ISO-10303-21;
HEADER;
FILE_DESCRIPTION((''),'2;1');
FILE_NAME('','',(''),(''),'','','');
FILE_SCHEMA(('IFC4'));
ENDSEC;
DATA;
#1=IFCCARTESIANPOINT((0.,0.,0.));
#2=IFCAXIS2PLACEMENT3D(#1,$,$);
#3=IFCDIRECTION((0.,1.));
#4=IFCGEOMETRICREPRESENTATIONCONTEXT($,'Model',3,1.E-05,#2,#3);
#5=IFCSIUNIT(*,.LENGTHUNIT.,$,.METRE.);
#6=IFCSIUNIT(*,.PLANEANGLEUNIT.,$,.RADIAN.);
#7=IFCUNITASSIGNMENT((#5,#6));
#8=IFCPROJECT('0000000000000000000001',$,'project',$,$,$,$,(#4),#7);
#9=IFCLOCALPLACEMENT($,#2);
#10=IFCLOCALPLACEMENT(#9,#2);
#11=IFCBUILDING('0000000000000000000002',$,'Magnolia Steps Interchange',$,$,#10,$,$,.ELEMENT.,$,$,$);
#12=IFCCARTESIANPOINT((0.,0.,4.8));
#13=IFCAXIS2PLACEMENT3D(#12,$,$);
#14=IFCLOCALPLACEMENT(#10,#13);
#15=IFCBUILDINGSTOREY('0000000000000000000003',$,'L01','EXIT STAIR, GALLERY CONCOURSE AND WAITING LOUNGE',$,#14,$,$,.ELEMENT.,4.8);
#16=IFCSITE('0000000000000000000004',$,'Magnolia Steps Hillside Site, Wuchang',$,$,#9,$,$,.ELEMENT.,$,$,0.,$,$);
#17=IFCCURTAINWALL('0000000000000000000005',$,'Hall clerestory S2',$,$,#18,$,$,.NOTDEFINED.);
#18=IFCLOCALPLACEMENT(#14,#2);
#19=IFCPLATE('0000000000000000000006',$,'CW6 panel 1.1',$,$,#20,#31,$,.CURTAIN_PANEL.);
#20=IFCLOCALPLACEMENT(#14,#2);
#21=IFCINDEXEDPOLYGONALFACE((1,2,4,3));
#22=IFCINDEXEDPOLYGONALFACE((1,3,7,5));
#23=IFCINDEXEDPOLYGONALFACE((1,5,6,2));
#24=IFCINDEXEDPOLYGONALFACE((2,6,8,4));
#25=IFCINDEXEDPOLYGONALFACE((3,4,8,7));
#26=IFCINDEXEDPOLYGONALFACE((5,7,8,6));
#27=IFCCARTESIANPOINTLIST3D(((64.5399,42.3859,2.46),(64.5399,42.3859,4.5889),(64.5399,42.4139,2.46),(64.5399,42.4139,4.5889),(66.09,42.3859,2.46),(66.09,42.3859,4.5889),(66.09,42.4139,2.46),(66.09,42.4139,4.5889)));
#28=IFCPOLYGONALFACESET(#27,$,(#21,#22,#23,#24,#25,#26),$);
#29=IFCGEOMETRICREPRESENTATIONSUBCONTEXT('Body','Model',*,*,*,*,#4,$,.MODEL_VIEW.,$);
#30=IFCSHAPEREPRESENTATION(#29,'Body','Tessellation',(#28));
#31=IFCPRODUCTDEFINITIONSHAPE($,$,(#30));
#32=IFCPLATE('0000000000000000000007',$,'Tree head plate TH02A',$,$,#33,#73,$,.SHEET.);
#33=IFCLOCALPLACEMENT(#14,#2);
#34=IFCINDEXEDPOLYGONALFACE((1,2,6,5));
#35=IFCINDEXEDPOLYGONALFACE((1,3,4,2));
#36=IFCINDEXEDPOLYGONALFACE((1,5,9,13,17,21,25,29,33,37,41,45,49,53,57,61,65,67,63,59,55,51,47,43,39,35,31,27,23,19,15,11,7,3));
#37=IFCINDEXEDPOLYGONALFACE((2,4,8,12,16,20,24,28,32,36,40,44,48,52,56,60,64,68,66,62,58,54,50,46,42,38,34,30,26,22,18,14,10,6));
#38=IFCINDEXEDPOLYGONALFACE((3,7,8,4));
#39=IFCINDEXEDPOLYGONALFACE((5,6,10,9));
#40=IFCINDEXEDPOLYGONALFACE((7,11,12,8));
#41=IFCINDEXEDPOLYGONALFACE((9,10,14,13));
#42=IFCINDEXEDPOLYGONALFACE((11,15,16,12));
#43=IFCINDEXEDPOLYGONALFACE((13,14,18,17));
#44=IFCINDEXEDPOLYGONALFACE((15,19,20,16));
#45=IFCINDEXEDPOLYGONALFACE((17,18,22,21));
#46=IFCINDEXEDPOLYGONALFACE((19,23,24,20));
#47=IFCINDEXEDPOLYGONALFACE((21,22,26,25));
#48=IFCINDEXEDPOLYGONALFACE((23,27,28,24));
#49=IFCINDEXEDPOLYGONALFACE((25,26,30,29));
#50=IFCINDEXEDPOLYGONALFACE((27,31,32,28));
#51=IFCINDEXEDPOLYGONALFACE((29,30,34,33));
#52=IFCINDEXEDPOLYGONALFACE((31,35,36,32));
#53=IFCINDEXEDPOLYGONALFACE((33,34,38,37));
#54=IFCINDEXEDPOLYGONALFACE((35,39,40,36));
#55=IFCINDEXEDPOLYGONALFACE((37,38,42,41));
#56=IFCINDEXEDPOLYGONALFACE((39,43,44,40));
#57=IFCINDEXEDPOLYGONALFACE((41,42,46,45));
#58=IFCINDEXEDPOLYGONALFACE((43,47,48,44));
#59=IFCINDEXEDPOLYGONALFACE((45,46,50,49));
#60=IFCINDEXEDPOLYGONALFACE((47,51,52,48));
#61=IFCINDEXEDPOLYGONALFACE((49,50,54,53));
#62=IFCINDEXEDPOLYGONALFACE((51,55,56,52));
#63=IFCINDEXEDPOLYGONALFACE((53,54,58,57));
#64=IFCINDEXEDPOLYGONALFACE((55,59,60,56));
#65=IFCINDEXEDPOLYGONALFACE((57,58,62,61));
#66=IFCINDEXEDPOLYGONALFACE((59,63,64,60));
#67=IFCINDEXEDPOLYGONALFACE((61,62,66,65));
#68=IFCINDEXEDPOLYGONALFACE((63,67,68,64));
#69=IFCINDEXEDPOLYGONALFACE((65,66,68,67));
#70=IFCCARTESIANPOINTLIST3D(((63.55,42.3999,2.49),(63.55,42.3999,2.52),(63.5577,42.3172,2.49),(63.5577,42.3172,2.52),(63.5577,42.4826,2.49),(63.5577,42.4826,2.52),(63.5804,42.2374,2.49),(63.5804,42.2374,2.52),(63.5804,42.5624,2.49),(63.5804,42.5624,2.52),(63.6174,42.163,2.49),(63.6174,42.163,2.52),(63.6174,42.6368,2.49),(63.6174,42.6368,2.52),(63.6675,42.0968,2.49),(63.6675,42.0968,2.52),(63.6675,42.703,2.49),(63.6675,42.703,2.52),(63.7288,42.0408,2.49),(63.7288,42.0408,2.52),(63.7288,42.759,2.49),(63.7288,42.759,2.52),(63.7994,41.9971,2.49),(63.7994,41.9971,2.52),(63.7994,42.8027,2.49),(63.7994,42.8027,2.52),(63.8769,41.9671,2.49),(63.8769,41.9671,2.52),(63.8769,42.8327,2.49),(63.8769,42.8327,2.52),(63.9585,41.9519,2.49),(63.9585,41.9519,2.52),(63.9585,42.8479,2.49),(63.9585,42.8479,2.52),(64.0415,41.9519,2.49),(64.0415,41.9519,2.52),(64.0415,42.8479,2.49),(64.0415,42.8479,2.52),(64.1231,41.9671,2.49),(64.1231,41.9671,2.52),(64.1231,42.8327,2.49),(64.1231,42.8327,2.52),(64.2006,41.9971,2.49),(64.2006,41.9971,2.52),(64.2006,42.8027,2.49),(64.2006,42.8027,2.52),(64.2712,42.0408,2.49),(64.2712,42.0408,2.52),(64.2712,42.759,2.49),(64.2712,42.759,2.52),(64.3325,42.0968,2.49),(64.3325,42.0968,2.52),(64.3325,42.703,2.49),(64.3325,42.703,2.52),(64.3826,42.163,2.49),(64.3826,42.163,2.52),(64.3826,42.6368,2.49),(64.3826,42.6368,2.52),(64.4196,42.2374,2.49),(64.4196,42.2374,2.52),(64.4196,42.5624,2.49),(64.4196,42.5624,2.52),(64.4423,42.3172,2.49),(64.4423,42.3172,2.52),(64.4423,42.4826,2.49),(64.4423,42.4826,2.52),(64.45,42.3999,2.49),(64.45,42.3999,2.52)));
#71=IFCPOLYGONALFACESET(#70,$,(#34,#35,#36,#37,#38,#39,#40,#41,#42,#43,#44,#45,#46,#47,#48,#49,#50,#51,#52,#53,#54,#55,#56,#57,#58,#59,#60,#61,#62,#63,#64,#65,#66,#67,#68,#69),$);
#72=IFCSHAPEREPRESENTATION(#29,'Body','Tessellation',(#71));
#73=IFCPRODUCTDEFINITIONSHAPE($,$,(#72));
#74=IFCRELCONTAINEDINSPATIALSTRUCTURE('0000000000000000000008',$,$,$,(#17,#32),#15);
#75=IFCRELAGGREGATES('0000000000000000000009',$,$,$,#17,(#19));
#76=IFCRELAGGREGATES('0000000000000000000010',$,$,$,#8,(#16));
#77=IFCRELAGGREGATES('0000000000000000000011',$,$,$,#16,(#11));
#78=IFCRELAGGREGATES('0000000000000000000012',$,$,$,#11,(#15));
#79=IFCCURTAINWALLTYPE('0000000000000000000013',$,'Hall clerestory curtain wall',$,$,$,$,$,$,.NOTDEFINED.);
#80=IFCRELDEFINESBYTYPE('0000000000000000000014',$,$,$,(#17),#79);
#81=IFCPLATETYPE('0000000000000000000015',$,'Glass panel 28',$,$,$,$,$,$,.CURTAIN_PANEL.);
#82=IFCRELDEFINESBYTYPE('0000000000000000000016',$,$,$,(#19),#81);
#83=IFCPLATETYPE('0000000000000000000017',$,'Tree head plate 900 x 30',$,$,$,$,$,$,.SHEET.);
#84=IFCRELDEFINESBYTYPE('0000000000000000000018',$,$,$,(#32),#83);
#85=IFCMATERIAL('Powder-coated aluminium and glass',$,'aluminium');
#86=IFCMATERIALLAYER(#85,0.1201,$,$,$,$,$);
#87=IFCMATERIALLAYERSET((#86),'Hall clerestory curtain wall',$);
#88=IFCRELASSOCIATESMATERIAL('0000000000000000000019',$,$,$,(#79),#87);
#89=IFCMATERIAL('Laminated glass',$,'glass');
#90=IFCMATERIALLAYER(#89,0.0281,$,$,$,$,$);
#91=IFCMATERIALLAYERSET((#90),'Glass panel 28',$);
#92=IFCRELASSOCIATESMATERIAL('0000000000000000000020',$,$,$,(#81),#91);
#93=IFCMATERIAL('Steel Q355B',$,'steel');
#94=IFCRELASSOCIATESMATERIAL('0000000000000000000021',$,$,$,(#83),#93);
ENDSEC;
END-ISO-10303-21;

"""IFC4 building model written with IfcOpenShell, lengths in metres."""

from ifc_helpers import new_model, si_unit, direction, frame, origin, origin_2d, place, context, subcontext, project, spatial, rectangle, circle, extrude, material, layer, layer_set, material_profile, profile_set, type_object, element, aggregate, save


model = new_model("IFC4")

# Units and contexts
model_context = context("Model", 3, precision=1e-05, world=origin(), true_north=direction((0.0, 1.0)))
body_context = subcontext(model_context, "Body", "Model", "MODEL_VIEW")
ifc_project = project(units=[si_unit("LENGTHUNIT", "METRE"), si_unit("PLANEANGLEUNIT", "RADIAN")], contexts=[model_context])

# Site, building, storey
site_placement = place(None, origin())
site = spatial("IfcSite", under=ifc_project, at=site_placement, Name="Magnolia Steps Hillside Site, Wuchang", CompositionType="ELEMENT", RefElevation=0.0)
building_placement = place(site_placement, origin())
building = spatial("IfcBuilding", under=site, at=building_placement, Name="Magnolia Steps Interchange", CompositionType="ELEMENT")
storey_placement = place(building_placement, frame((0.0, 0.0, 4.8)))
storey = spatial("IfcBuildingStorey", under=building, at=storey_placement, Name="L01", Description="EXIT STAIR, GALLERY CONCOURSE AND WAITING LOUNGE", CompositionType="ELEMENT", Elevation=4.8)

# Curtain wall
ifc_material_1 = material(Name="Powder-coated aluminium and glass", Category="aluminium")
ifc_layer_1 = layer(ifc_material_1, 0.1201)
ifc_layer_set_1 = layer_set([ifc_layer_1], Name="Hall clerestory curtain wall")
curtain_wall_type_1 = type_object("IfcCurtainWallType", Name="Hall clerestory curtain wall", PredefinedType="NOTDEFINED", material=ifc_layer_set_1)
curtain_wall_1_placement = place(storey_placement, origin())
curtain_wall_1 = element("IfcCurtainWall", 1, at=curtain_wall_1_placement, inside=storey, type_object=curtain_wall_type_1, Name="Hall clerestory S2", PredefinedType="NOTDEFINED")

# Plates
ifc_material_2 = material(Name="Laminated glass", Category="glass")
ifc_layer_2 = layer(ifc_material_2, 0.0281)
ifc_layer_set_2 = layer_set([ifc_layer_2], Name="Glass panel 28")
plate_type_1 = type_object("IfcPlateType", Name="Glass panel 28", PredefinedType="CURTAIN_PANEL", material=ifc_layer_set_2)
plate_1_placement = place(storey_placement, frame((65.3149, 42.3999, 2.46), z_axis=(0.0, 0.0, 1.0), x_axis=(1.0, 0.0, 0.0)))
plate_1 = element("IfcPlate", 2, at=plate_1_placement, type_object=plate_type_1, Name="CW6 panel 1.1", PredefinedType="CURTAIN_PANEL", context=body_context, shape_type="SweptSolid", body=[
    extrude(rectangle(XDim=1.55, YDim=0.0281, at=origin_2d()), origin(), (0.0, 0.0, 1.0), 2.1289),
])
aggregate(curtain_wall_1, [plate_1])
ifc_material_3 = material(Name="Steel Q355B", Category="steel")
ifc_material_profile_1 = material_profile(ifc_material_3, circle(Radius=0.45, at=origin_2d()), Name="Tree head plate 900 x 30")
ifc_profile_set_1 = profile_set([ifc_material_profile_1], Name="Steel Q355B")
plate_type_2 = type_object("IfcPlateType", Name="Tree head plate 900 x 30", PredefinedType="SHEET", material=ifc_profile_set_1)
plate_2_placement = place(storey_placement, frame((64.0, 42.3999, 2.49), z_axis=(0.0, 0.0, 1.0), x_axis=(1.0, 0.0, 0.0)))
element("IfcPlate", 3, at=plate_2_placement, inside=storey, type_object=plate_type_2, Name="Tree head plate TH02A", PredefinedType="SHEET", context=body_context, shape_type="SweptSolid", body=[
    extrude(circle(Radius=0.45, at=origin_2d()), origin(), (0.0, 0.0, 1.0), 0.03),
])

save(model, "model.ifc")
